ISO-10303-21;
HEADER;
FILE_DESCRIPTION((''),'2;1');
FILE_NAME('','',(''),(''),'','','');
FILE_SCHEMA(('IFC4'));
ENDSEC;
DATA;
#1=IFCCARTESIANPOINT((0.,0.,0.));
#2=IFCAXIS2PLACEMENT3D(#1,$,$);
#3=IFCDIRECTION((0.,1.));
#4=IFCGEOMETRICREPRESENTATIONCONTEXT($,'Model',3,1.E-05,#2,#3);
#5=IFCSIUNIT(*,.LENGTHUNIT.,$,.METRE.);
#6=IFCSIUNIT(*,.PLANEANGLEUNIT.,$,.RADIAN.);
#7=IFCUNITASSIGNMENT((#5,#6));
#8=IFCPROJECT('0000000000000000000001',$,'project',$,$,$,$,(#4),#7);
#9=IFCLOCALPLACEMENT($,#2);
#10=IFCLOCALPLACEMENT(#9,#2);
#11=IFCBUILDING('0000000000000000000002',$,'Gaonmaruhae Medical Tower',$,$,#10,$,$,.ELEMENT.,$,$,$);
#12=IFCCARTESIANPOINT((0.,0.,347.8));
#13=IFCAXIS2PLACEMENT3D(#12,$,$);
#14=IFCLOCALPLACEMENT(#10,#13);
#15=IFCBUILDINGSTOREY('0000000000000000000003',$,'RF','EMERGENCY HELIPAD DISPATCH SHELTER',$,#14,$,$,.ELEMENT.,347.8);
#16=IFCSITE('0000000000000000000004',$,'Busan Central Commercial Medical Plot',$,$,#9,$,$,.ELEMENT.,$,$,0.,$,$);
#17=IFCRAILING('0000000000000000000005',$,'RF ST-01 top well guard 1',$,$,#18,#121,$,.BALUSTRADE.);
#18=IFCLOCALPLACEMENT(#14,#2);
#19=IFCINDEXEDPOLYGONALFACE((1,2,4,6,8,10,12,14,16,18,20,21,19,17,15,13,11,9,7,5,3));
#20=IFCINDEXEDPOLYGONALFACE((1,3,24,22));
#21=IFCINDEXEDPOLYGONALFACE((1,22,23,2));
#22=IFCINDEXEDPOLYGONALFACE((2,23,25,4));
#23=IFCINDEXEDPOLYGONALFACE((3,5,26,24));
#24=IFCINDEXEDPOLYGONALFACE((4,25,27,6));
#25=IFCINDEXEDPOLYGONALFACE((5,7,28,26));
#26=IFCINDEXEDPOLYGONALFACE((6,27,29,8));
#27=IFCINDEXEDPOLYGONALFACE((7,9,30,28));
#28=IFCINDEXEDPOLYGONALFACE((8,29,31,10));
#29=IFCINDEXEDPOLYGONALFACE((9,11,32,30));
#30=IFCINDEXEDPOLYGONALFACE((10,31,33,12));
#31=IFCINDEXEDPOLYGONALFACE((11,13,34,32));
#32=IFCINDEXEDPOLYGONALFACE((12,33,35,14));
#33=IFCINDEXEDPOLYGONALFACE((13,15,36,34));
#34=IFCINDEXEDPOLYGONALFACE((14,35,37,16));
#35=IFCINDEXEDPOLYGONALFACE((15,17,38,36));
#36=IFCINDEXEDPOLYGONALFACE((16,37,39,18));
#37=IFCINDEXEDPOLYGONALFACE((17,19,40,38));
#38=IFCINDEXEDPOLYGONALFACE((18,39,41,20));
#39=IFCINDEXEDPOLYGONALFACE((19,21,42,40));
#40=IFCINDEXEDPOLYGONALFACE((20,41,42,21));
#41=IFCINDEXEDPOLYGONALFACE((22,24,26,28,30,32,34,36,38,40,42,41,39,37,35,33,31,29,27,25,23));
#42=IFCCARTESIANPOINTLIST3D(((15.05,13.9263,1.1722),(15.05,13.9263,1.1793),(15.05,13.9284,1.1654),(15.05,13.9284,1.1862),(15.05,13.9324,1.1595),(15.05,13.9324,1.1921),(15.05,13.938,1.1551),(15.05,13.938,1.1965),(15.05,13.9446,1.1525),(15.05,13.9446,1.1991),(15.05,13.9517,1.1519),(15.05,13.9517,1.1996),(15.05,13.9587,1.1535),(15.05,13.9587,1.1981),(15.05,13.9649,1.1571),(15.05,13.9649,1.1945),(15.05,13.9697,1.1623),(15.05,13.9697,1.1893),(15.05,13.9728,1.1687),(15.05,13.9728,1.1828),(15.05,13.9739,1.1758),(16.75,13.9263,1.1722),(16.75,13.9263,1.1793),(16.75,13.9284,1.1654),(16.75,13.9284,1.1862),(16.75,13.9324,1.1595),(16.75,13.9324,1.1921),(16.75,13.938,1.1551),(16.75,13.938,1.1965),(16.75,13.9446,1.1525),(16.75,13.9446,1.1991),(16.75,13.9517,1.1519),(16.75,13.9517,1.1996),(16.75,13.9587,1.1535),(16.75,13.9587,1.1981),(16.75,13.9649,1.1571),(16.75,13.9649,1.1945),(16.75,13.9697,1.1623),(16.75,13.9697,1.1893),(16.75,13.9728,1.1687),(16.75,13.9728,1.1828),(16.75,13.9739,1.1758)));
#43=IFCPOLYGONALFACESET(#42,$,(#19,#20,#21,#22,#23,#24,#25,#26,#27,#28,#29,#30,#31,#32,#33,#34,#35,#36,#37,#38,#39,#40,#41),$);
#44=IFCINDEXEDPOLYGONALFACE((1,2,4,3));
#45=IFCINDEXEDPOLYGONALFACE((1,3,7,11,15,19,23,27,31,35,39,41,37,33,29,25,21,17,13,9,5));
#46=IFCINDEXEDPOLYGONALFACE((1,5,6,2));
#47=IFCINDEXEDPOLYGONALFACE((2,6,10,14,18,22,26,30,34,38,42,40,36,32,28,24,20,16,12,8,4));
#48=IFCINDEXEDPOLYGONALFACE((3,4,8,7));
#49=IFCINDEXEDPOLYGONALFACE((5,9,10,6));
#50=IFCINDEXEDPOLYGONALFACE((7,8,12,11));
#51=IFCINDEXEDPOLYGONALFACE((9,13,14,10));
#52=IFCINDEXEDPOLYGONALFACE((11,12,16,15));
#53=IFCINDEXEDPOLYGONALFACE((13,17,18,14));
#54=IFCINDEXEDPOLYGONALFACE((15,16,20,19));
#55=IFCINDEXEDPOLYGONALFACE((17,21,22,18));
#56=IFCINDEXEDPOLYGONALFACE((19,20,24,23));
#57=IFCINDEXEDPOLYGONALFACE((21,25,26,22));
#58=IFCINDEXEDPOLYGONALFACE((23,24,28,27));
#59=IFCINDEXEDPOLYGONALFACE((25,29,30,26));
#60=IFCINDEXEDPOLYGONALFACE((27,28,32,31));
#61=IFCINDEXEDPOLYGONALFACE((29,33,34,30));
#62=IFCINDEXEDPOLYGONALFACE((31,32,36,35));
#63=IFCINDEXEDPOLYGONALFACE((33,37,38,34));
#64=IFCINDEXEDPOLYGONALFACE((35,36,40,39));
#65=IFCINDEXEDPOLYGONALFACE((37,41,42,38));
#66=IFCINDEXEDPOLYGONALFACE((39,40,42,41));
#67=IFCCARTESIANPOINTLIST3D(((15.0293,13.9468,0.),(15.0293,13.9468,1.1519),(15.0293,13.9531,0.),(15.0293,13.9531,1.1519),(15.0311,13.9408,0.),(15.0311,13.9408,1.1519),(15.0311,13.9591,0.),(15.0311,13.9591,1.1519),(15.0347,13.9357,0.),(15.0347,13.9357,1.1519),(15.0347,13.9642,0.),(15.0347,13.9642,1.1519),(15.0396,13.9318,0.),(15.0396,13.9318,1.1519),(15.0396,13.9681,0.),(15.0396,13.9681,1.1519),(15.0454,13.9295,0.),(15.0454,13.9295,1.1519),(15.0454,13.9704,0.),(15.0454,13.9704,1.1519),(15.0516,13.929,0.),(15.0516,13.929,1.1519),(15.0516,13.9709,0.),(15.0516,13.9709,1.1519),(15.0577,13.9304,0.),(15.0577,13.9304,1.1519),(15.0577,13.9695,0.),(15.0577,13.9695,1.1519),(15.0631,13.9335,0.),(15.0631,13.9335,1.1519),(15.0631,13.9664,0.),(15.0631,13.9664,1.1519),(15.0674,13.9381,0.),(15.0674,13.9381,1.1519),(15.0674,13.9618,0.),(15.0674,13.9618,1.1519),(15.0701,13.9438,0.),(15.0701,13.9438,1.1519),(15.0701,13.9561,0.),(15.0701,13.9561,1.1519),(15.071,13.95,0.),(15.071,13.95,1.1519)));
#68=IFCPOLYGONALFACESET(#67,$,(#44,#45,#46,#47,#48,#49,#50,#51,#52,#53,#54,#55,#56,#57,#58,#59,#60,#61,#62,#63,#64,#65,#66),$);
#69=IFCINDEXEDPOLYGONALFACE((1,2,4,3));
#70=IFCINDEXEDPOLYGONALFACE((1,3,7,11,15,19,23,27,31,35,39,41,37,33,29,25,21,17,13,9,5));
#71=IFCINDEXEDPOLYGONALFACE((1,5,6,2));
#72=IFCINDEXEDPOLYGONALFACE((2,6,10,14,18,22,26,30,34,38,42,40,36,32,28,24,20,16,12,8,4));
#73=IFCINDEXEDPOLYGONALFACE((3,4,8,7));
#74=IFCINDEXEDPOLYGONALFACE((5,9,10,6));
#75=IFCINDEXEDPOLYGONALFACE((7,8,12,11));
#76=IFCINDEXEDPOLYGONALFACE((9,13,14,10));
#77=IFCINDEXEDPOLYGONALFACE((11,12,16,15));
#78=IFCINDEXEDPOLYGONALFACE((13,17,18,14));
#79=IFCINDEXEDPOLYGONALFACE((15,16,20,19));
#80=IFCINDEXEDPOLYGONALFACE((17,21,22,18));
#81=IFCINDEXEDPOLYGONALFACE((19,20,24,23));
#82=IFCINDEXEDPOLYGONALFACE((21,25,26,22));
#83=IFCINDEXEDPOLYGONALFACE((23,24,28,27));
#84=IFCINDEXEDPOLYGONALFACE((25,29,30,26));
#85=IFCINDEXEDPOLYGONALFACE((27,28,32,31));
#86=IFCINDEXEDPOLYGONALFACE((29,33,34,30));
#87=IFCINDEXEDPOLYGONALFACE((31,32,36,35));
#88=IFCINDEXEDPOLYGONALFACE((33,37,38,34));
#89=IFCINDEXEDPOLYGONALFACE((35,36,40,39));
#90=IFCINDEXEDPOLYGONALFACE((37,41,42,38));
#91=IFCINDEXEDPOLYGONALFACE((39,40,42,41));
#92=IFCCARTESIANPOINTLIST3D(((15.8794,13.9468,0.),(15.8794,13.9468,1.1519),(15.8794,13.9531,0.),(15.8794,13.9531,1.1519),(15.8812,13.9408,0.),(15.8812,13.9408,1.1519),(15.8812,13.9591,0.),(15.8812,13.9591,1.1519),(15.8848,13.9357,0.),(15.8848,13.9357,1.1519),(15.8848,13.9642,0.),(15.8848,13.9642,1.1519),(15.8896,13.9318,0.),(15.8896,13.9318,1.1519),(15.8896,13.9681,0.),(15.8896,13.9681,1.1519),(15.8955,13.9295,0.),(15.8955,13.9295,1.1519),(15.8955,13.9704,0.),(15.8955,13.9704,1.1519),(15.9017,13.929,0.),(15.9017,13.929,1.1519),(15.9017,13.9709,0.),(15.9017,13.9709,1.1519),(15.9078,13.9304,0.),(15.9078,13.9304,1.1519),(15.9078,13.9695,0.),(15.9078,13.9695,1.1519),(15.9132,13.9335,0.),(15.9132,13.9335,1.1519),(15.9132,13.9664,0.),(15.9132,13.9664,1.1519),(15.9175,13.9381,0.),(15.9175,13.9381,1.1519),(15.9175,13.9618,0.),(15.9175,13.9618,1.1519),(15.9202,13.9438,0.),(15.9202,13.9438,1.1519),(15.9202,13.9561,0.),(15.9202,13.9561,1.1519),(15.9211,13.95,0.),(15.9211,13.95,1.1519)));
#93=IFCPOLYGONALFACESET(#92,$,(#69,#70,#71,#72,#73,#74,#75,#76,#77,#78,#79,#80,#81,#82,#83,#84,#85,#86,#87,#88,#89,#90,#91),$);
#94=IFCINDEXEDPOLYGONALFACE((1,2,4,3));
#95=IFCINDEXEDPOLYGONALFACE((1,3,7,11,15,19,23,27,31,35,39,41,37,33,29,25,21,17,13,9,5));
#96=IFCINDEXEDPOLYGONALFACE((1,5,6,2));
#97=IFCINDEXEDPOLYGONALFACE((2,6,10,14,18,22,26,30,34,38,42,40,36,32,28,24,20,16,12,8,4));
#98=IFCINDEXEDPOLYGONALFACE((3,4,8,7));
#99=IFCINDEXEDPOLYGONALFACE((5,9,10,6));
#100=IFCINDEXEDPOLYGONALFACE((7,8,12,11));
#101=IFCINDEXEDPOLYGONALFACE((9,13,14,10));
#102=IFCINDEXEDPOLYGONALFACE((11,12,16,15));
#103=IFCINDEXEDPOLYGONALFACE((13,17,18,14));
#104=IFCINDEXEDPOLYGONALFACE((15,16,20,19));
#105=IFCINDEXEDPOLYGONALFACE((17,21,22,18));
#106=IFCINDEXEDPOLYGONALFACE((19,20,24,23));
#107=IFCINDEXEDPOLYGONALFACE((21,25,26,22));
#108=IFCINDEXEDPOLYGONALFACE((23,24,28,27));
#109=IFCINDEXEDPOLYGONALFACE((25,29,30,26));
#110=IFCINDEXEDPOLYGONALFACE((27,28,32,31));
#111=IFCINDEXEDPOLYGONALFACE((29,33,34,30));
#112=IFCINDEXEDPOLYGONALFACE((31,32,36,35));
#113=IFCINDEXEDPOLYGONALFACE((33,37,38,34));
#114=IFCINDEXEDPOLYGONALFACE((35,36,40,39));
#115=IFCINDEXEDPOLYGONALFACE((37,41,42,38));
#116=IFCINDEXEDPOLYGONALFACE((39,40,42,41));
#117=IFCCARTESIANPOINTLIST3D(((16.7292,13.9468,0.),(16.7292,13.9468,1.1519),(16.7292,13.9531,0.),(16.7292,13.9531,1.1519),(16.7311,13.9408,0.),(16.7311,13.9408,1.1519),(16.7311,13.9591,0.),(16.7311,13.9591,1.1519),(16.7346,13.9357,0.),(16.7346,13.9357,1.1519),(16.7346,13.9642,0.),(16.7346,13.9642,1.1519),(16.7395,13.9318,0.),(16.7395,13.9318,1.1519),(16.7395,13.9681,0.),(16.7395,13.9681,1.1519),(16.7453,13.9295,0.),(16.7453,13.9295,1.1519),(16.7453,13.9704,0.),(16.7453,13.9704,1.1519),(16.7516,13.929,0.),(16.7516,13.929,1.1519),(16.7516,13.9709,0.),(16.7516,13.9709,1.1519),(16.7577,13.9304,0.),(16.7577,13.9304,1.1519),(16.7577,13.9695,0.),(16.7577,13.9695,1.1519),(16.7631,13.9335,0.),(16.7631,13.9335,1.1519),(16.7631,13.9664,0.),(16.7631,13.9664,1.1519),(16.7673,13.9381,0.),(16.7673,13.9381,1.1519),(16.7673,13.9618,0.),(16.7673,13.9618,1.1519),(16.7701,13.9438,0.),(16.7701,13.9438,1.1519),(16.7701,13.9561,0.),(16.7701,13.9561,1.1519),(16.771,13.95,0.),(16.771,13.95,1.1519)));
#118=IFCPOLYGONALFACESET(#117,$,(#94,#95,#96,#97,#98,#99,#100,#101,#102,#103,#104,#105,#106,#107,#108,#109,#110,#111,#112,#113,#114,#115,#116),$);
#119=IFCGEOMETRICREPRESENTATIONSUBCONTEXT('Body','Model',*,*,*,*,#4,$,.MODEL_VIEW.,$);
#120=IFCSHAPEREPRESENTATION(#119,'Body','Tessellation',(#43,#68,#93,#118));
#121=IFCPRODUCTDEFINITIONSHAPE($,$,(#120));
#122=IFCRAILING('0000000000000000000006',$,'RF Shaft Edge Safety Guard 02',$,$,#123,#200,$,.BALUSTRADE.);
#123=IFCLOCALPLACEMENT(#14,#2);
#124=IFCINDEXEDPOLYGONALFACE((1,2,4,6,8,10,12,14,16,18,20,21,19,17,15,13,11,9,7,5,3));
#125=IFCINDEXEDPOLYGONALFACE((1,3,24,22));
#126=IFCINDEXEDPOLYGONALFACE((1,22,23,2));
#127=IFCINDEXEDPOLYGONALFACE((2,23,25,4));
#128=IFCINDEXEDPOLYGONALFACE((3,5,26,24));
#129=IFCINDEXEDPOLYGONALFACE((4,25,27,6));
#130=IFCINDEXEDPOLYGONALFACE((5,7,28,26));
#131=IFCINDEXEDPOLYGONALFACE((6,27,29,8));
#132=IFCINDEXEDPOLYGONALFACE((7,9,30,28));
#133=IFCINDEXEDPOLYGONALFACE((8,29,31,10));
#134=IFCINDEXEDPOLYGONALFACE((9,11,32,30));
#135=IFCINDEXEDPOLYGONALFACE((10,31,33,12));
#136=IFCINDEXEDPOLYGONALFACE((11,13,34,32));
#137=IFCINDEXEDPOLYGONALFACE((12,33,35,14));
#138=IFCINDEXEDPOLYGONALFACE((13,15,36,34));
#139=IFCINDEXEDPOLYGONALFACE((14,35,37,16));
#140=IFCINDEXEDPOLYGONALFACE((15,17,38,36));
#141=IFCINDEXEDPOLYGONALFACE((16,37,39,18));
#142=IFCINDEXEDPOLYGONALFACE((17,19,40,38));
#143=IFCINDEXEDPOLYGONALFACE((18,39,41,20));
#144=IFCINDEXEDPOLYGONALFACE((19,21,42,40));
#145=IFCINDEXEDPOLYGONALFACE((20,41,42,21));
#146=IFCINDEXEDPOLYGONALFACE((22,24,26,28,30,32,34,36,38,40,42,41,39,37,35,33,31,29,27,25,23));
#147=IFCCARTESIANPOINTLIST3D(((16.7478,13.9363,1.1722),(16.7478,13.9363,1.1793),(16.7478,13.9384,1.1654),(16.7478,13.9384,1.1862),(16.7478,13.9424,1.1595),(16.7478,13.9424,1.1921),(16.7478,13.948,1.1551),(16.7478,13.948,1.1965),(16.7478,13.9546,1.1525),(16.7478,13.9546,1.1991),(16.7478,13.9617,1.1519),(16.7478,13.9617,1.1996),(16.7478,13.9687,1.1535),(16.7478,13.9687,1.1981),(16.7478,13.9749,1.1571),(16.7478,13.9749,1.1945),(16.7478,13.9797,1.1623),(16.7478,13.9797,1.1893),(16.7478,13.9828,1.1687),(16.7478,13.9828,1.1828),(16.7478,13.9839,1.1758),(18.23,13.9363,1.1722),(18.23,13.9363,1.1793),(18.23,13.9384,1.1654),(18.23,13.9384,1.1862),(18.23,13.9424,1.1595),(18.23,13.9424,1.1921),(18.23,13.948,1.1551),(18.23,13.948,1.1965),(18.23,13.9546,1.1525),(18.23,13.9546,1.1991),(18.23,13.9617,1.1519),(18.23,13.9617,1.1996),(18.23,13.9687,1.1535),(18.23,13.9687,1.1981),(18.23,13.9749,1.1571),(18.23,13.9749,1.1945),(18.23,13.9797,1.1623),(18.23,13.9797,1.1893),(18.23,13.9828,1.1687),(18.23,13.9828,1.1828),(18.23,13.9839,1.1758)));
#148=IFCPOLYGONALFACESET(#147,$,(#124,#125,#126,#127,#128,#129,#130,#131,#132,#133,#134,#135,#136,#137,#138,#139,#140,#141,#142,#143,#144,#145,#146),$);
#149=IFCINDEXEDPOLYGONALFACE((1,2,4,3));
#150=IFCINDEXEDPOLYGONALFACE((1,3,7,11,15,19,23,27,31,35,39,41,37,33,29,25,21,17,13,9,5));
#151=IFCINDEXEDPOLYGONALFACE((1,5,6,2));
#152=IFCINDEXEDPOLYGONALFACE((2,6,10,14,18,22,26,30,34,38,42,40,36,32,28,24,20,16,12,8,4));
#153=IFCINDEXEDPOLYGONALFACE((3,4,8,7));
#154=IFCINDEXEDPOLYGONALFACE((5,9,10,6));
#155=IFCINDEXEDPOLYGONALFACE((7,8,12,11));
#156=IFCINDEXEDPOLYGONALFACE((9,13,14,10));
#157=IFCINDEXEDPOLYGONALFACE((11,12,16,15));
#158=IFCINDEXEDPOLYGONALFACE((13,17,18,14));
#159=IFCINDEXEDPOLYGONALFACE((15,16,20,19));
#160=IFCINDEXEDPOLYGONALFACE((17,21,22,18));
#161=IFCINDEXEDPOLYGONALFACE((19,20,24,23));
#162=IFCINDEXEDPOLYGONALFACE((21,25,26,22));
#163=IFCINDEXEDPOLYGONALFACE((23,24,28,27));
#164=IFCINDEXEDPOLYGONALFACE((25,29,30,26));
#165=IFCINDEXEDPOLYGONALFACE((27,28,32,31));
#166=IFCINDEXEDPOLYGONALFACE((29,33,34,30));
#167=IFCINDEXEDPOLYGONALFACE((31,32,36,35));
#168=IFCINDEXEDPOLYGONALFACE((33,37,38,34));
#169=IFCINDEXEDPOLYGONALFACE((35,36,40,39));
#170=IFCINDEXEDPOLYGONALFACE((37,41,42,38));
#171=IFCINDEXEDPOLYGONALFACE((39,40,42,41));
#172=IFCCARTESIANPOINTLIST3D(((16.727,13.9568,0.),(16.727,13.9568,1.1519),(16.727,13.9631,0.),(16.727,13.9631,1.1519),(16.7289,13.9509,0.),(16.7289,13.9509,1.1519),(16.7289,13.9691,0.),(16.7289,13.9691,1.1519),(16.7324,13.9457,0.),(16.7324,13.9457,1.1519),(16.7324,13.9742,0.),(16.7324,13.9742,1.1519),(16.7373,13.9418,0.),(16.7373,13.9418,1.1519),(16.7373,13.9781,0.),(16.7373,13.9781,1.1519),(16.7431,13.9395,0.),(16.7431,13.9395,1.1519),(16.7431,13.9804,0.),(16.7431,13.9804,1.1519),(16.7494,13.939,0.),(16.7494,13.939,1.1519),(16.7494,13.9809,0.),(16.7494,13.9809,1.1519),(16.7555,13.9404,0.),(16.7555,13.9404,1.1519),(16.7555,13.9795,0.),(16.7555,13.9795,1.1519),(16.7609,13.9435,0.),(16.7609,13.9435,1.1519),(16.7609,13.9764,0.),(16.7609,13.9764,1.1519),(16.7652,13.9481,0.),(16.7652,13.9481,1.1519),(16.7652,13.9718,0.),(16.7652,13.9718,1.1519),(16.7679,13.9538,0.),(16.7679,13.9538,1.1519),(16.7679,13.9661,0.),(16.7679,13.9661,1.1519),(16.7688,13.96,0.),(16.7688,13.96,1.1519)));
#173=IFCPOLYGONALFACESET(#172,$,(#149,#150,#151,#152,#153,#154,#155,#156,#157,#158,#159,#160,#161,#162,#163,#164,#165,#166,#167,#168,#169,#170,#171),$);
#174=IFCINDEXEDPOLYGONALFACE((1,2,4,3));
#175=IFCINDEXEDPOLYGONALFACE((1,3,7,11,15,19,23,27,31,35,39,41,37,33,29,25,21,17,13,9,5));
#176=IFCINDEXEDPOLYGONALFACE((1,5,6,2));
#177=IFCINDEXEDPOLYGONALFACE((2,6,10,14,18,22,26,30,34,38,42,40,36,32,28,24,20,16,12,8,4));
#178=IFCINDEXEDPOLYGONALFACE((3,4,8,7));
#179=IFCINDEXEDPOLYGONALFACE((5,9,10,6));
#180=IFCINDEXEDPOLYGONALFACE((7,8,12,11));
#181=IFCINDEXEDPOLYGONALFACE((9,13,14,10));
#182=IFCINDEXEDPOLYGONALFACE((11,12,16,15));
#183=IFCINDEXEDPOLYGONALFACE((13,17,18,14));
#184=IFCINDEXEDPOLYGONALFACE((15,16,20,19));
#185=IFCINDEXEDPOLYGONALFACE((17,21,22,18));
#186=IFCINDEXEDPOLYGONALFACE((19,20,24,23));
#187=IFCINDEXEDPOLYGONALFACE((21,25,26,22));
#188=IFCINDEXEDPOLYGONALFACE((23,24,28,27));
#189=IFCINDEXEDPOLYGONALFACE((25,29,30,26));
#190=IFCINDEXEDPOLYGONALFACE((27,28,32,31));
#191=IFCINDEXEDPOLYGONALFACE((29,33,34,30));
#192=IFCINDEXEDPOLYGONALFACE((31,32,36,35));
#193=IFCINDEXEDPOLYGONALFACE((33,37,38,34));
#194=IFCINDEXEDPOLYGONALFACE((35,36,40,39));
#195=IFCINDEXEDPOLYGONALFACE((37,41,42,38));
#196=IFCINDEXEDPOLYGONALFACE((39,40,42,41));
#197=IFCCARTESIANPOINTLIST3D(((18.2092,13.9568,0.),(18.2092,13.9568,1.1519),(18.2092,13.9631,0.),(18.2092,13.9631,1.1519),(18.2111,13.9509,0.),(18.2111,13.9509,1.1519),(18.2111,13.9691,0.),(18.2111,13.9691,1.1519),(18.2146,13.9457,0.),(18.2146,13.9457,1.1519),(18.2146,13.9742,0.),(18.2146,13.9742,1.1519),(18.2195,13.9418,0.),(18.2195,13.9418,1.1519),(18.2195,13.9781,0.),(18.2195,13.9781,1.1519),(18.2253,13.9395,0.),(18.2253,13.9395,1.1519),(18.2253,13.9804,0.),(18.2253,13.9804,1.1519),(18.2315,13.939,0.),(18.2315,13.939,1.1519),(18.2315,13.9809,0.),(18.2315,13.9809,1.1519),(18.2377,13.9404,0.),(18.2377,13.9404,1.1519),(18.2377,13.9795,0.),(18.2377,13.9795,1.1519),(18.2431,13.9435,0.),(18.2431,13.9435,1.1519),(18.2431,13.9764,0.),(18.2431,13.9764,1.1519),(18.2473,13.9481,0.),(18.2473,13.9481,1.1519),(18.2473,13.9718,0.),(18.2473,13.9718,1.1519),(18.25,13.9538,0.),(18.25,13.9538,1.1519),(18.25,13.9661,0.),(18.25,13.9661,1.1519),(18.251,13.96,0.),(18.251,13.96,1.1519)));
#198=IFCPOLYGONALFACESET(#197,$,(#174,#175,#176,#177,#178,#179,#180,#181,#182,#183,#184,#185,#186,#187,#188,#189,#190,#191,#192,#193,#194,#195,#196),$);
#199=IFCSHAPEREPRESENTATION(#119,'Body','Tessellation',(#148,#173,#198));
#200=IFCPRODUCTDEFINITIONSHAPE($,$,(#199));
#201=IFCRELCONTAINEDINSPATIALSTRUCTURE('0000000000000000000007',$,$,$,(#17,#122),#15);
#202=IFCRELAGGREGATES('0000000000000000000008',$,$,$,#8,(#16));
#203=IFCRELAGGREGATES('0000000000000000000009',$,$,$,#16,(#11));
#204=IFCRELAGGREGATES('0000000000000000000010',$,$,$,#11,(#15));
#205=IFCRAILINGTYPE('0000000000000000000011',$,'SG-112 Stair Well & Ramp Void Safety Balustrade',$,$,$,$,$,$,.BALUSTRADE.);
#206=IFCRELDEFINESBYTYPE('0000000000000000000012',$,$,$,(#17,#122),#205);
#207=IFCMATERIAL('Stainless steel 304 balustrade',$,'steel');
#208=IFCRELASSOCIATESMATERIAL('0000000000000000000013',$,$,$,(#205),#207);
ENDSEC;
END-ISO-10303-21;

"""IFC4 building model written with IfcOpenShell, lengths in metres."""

from ifc_helpers import new_model, si_unit, direction, frame, origin, origin_2d, place, context, subcontext, project, spatial, circle, extrude, material, type_object, element, save


model = new_model("IFC4")

# Units and contexts
model_context = context("Model", 3, precision=1e-05, world=origin(), true_north=direction((0.0, 1.0)))
body_context = subcontext(model_context, "Body", "Model", "MODEL_VIEW")
ifc_project = project(units=[si_unit("LENGTHUNIT", "METRE"), si_unit("PLANEANGLEUNIT", "RADIAN")], contexts=[model_context])

# Site, building, storey
site_placement = place(None, origin())
site = spatial("IfcSite", under=ifc_project, at=site_placement, Name="Busan Central Commercial Medical Plot", CompositionType="ELEMENT", RefElevation=0.0)
building_placement = place(site_placement, origin())
building = spatial("IfcBuilding", under=site, at=building_placement, Name="Gaonmaruhae Medical Tower", CompositionType="ELEMENT")
storey_placement = place(building_placement, frame((0.0, 0.0, 347.8)))
storey = spatial("IfcBuildingStorey", under=building, at=storey_placement, Name="RF", Description="EMERGENCY HELIPAD DISPATCH SHELTER", CompositionType="ELEMENT", Elevation=347.8)

# Railings
ifc_material_1 = material(Name="Stainless steel 304 balustrade", Category="steel")
railing_type_1 = type_object("IfcRailingType", Name="SG-112 Stair Well & Ramp Void Safety Balustrade", PredefinedType="BALUSTRADE", material=ifc_material_1)
railing_1_placement = place(storey_placement, frame((15.05, 13.95, 0.0)))
element("IfcRailing", 1, at=railing_1_placement, inside=storey, type_object=railing_type_1, Name="RF ST-01 top well guard 1", PredefinedType="BALUSTRADE", context=body_context, shape_type="SweptSolid", body=[
    extrude(circle(Radius=0.0239, at=origin_2d()), frame((0.0, 0.0, 1.1758), z_axis=(1.0, 0.0, 0.0), x_axis=(0.0, 1.0, 0.0)), (0.0, 0.0, 1.0), 1.7),
    extrude(circle(Radius=0.021, at=origin_2d()), origin(), (0.0, 0.0, 1.0), 1.1519),
    extrude(circle(Radius=0.021, at=origin_2d()), frame((0.8501, 0.0, 0.0)), (0.0, 0.0, 1.0), 1.1519),
    extrude(circle(Radius=0.021, at=origin_2d()), frame((1.7, 0.0, 0.0)), (0.0, 0.0, 1.0), 1.1519),
])
railing_2_placement = place(storey_placement, frame((16.7478, 13.96, 0.0)))
element("IfcRailing", 2, at=railing_2_placement, inside=storey, type_object=railing_type_1, Name="RF Shaft Edge Safety Guard 02", PredefinedType="BALUSTRADE", context=body_context, shape_type="SweptSolid", body=[
    extrude(circle(Radius=0.0239, at=origin_2d()), frame((0.0, 0.0, 1.1758), z_axis=(1.0, 0.0, 0.0), x_axis=(0.0, 1.0, 0.0)), (0.0, 0.0, 1.0), 1.4822),
    extrude(circle(Radius=0.021, at=origin_2d()), origin(), (0.0, 0.0, 1.0), 1.1519),
    extrude(circle(Radius=0.021, at=origin_2d()), frame((1.4822, 0.0, 0.0)), (0.0, 0.0, 1.0), 1.1519),
])

save(model, "model.ifc")
